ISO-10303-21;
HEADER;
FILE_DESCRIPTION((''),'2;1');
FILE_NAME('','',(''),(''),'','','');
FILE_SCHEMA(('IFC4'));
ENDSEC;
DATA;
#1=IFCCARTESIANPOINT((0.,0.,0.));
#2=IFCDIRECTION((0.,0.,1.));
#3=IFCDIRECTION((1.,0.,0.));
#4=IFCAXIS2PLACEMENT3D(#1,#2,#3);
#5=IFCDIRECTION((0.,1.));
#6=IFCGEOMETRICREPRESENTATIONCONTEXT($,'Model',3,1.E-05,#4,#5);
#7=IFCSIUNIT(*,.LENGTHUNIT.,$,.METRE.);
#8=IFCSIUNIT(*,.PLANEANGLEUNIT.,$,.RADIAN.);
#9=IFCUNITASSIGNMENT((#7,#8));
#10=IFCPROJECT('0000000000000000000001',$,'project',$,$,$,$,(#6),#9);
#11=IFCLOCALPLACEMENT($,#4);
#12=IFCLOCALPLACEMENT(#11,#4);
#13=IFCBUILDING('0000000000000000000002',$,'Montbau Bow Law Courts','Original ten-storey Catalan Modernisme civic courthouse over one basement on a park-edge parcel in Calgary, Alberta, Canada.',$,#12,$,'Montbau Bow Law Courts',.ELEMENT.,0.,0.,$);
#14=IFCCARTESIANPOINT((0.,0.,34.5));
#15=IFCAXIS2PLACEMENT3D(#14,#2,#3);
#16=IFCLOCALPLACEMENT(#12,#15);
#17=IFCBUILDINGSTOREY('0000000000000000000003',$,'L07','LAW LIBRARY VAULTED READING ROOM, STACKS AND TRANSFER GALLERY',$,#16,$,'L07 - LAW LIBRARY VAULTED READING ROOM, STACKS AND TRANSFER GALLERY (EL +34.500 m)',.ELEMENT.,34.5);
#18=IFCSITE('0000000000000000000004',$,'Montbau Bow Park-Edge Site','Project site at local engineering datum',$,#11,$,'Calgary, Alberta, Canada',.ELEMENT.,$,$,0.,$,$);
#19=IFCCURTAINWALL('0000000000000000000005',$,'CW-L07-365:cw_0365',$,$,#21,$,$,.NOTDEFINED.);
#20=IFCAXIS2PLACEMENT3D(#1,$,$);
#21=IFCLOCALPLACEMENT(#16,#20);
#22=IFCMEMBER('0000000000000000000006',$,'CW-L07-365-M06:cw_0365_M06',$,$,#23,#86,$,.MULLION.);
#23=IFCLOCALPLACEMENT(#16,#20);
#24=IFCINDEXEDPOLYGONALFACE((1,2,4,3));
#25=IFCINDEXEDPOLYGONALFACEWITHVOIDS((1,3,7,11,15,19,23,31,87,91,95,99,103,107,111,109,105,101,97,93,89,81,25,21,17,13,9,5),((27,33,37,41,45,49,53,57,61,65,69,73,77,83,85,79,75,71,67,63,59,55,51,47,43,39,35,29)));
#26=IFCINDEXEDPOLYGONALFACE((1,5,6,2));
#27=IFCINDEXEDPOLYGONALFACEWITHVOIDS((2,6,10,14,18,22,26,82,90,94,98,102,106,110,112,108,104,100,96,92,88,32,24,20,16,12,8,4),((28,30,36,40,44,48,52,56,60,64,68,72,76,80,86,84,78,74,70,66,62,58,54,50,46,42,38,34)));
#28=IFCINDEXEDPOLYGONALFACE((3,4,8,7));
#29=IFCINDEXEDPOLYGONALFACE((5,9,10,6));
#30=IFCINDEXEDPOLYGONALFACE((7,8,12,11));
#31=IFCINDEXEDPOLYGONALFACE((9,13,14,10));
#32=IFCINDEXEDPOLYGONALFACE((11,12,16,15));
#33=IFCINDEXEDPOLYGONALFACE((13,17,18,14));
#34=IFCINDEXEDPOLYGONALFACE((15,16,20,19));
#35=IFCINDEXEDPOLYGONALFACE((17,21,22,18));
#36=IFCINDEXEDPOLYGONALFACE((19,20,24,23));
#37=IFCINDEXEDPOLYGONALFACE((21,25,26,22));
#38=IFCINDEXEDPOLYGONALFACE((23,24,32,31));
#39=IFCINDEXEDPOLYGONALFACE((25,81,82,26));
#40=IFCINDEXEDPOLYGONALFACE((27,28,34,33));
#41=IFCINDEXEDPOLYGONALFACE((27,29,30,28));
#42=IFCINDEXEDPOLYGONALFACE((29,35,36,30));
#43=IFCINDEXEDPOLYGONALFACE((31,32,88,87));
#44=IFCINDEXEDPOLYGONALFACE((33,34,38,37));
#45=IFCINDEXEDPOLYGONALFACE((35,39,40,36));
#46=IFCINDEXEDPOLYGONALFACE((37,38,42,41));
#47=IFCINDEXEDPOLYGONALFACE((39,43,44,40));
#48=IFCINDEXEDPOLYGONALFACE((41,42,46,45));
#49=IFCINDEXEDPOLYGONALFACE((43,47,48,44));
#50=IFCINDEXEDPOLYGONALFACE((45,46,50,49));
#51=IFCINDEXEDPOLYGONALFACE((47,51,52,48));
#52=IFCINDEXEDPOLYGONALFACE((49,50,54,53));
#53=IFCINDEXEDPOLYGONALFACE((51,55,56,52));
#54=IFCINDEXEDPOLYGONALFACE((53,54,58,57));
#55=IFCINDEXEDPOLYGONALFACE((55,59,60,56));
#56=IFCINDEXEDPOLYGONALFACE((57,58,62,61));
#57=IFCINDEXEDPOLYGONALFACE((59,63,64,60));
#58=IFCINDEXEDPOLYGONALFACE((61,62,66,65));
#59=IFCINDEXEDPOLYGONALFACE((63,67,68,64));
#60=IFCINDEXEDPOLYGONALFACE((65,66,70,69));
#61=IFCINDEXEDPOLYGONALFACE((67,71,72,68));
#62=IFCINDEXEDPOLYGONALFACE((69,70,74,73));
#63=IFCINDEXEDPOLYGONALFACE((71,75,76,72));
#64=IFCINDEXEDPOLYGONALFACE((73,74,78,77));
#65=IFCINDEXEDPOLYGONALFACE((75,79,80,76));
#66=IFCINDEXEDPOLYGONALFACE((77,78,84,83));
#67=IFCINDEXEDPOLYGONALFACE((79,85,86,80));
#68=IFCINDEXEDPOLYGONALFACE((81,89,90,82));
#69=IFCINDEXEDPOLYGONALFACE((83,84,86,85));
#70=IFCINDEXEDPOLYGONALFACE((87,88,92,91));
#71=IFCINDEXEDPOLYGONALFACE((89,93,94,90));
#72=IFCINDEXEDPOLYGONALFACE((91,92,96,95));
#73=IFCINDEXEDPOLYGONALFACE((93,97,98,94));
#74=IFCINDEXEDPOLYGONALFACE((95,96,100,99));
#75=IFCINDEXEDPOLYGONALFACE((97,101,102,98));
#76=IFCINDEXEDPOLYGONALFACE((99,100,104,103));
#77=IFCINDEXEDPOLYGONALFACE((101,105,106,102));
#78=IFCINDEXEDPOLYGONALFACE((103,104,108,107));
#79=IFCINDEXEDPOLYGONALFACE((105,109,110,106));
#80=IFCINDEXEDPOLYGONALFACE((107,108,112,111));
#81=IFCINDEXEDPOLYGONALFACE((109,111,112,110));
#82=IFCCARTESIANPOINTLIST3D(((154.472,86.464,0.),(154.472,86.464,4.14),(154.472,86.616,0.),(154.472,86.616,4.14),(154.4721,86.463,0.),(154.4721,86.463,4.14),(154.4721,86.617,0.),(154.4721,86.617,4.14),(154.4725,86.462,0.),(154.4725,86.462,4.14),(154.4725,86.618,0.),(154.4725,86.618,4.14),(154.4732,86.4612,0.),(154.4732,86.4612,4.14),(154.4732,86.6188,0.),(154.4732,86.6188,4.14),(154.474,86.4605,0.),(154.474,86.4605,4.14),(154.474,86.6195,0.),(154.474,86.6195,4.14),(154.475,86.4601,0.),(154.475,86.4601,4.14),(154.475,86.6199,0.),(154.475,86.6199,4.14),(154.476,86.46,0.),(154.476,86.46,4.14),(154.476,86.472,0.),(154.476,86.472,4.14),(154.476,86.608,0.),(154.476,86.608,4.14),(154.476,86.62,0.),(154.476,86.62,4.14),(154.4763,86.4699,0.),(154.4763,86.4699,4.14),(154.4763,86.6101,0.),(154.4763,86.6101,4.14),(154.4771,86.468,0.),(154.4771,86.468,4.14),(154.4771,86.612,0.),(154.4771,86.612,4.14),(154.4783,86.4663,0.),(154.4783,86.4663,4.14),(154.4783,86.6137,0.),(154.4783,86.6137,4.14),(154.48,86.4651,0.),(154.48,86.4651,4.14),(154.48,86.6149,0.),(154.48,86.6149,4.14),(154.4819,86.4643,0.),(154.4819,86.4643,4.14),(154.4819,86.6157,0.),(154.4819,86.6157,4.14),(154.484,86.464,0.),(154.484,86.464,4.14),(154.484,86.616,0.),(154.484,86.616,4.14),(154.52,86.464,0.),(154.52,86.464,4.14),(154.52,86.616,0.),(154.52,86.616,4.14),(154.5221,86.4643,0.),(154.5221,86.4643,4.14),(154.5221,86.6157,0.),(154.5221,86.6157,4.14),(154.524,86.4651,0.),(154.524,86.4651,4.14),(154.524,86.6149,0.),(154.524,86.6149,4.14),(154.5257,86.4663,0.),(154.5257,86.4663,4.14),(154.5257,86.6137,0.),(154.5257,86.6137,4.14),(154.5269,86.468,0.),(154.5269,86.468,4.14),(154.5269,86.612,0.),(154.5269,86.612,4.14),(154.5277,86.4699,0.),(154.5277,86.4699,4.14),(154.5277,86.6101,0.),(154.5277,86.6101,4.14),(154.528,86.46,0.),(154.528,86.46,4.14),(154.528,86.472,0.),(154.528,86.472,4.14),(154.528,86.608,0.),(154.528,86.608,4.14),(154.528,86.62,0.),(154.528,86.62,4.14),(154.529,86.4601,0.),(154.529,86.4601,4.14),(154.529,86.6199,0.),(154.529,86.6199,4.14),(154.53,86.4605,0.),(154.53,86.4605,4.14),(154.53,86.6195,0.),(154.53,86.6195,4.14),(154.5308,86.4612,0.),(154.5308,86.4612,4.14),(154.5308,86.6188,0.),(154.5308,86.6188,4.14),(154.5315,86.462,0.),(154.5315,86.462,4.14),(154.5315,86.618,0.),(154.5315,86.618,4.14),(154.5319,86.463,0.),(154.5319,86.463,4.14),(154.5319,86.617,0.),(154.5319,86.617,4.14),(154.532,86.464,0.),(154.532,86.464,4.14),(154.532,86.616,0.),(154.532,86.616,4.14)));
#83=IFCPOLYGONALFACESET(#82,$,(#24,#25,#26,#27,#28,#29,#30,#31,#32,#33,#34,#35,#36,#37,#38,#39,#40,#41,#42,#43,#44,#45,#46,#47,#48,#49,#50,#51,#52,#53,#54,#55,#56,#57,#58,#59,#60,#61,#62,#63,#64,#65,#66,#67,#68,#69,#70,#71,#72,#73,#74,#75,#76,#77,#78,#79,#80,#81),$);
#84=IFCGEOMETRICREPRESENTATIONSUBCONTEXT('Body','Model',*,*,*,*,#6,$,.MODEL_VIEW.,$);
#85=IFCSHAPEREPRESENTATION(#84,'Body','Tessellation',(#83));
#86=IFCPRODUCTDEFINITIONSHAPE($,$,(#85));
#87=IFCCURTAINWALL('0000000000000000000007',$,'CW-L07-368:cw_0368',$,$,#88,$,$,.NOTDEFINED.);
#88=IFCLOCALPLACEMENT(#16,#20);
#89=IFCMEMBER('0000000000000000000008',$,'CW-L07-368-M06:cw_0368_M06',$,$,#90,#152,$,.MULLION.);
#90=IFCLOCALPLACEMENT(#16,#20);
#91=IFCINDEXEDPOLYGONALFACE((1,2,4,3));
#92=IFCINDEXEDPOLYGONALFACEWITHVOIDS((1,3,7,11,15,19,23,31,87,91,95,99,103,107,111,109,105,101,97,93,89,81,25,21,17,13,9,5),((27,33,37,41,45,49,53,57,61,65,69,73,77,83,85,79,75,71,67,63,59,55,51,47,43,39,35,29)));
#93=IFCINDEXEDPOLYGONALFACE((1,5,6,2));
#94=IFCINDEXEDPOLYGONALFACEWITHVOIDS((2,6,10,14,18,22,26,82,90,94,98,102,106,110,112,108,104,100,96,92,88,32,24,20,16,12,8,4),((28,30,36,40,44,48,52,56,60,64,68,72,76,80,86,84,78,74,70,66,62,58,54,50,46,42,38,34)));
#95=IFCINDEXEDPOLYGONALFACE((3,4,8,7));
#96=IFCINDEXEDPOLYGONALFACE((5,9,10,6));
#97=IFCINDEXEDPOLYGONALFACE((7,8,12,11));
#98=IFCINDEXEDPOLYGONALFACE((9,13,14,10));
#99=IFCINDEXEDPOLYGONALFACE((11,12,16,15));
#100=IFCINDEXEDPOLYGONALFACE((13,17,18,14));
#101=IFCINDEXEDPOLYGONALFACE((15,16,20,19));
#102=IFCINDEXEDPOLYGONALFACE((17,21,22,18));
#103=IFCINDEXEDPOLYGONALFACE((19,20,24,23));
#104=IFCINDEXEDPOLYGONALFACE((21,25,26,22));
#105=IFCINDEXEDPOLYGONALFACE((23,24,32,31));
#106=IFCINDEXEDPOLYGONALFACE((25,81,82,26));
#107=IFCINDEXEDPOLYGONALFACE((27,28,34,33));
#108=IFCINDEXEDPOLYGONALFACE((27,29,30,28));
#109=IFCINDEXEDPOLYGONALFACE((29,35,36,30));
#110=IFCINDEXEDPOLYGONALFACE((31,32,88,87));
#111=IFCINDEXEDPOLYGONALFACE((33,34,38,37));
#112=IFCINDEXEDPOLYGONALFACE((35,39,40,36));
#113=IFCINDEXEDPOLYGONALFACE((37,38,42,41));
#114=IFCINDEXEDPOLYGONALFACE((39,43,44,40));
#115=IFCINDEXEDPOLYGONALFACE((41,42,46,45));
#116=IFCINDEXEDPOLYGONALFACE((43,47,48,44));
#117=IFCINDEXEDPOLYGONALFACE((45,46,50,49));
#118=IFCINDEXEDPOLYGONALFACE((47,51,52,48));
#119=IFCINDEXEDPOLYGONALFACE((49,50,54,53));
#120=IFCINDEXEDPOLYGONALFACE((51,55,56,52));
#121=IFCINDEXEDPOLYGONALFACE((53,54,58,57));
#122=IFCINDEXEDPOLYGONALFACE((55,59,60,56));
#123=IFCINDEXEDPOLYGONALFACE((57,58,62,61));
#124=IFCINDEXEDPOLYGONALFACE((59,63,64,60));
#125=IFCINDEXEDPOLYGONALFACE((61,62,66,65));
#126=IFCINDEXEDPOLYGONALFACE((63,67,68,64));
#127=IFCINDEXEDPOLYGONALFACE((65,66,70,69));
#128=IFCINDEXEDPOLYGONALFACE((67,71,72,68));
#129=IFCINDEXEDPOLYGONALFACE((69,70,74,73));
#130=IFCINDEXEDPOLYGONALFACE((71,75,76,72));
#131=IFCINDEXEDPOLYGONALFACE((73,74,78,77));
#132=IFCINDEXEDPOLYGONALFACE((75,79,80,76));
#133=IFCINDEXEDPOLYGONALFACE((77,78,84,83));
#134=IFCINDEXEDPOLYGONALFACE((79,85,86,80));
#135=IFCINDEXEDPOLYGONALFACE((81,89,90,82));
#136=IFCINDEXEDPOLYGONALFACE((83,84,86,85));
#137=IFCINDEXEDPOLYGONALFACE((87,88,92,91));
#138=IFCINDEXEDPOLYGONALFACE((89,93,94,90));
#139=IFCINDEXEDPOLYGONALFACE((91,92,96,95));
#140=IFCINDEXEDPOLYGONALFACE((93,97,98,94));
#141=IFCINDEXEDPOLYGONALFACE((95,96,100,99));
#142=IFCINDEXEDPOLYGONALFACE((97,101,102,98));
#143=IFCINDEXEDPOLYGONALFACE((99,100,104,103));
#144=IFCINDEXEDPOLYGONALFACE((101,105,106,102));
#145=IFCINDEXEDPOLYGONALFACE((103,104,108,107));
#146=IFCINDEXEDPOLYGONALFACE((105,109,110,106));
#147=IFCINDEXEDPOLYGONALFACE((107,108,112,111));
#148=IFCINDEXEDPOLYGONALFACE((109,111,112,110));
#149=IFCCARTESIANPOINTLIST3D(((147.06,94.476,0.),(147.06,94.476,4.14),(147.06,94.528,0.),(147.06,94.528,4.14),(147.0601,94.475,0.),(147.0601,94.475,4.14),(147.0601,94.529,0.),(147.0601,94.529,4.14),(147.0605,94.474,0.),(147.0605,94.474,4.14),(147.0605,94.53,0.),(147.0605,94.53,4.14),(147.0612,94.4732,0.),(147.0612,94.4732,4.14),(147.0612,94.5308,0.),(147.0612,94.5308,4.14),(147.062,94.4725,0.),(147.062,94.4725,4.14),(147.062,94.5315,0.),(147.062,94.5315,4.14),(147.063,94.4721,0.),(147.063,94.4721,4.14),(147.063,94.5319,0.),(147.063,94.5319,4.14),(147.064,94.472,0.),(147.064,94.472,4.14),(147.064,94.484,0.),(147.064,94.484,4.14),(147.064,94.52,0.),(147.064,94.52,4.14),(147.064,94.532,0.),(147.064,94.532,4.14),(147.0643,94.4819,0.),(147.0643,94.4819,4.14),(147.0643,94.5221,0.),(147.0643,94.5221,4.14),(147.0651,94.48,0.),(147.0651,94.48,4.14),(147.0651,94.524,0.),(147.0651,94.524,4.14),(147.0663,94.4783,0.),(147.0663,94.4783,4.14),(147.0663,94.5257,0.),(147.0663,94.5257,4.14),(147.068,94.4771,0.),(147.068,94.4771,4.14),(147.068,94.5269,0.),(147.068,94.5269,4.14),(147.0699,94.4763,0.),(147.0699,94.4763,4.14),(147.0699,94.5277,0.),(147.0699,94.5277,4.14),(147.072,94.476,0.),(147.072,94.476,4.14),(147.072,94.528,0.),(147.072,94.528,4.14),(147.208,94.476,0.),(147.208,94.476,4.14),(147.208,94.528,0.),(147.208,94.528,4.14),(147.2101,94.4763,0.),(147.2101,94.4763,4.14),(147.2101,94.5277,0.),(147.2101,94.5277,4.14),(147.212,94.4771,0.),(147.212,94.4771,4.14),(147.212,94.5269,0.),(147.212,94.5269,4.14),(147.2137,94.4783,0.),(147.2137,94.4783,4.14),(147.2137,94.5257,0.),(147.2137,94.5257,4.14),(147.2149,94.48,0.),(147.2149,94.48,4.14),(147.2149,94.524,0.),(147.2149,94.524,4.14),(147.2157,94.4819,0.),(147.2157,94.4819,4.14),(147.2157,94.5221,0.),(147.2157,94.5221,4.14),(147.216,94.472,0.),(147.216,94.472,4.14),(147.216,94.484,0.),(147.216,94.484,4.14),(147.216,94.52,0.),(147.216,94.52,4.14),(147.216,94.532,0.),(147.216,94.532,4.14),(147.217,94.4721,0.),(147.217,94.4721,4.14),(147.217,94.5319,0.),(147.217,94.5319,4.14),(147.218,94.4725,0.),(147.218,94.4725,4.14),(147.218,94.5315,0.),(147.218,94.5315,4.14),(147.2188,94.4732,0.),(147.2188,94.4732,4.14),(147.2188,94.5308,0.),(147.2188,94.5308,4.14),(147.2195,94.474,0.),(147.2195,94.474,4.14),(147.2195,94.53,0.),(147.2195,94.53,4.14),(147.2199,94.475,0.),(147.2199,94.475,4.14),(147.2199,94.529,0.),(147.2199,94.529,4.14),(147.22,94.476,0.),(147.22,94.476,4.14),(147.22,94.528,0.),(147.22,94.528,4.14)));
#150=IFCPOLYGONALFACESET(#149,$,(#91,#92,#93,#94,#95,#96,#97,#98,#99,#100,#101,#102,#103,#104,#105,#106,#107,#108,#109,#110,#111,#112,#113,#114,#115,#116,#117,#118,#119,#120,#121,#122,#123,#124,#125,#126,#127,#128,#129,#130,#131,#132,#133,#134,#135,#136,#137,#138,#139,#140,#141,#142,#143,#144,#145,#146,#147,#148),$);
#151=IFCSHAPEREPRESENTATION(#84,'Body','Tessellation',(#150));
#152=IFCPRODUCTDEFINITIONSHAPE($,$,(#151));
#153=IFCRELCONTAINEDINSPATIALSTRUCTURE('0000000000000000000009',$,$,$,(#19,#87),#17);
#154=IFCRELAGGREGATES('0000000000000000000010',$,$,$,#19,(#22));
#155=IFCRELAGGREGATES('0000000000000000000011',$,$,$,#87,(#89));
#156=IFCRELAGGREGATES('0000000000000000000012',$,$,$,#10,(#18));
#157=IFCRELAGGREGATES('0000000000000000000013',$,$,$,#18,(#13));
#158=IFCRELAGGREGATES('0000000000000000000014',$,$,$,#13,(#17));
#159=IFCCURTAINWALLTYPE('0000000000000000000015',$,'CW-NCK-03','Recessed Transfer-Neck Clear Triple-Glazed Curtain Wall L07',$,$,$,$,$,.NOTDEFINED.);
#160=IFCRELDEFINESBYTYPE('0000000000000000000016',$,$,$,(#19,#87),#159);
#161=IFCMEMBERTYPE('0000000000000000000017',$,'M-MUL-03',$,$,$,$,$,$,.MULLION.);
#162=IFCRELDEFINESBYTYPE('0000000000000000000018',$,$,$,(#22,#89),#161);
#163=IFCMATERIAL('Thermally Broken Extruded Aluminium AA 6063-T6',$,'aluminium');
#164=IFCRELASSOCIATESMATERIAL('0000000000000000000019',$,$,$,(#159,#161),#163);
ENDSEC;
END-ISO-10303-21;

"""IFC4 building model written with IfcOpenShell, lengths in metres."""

from ifc_helpers import new_model, si_unit, direction, frame, origin_with_axes, origin_2d_with_axis, place, context, subcontext, project, spatial, hollow_rectangle, extrude, material, material_profile, profile_set, type_object, element, aggregate, save


model = new_model("IFC4")

# Units and contexts
model_context = context("Model", 3, precision=1e-05, world=origin_with_axes(), true_north=direction((0.0, 1.0)))
body_context = subcontext(model_context, "Body", "Model", "MODEL_VIEW")
ifc_project = project(units=[si_unit("LENGTHUNIT", "METRE"), si_unit("PLANEANGLEUNIT", "RADIAN")], contexts=[model_context])

# Site, building, storey
site_placement = place(None, origin_with_axes())
site = spatial("IfcSite", under=ifc_project, at=site_placement, Name="Montbau Bow Park-Edge Site", Description="Project site at local engineering datum", LongName="Calgary, Alberta, Canada", CompositionType="ELEMENT", RefElevation=0.0)
building_placement = place(site_placement, origin_with_axes())
building = spatial("IfcBuilding", under=site, at=building_placement, Name="Montbau Bow Law Courts", Description="Original ten-storey Catalan Modernisme civic courthouse over one basement on a park-edge parcel in Calgary, Alberta, Canada.", LongName="Montbau Bow Law Courts", CompositionType="ELEMENT", ElevationOfRefHeight=0.0, ElevationOfTerrain=0.0)
storey_placement = place(building_placement, frame((0.0, 0.0, 34.5), z_axis=(0.0, 0.0, 1.0), x_axis=(1.0, 0.0, 0.0)))
storey = spatial("IfcBuildingStorey", under=building, at=storey_placement, Name="L07", Description="LAW LIBRARY VAULTED READING ROOM, STACKS AND TRANSFER GALLERY", LongName="L07 - LAW LIBRARY VAULTED READING ROOM, STACKS AND TRANSFER GALLERY (EL +34.500 m)", CompositionType="ELEMENT", Elevation=34.5)

# Shared definitions
ifc_material_1 = material(Name="Thermally Broken Extruded Aluminium AA 6063-T6", Category="aluminium")
curtain_wall_type = type_object("IfcCurtainWallType", Name="CW-NCK-03", Description="Recessed Transfer-Neck Clear Triple-Glazed Curtain Wall L07", PredefinedType="NOTDEFINED", material=ifc_material_1)

# Curtain walls, members
curtain_wall_1_placement = place(None, frame((147.268, 86.54, 34.5), z_axis=(0.0, 0.0, 1.0), x_axis=(1.0, 0.0, 0.0)))
curtain_wall_1 = element("IfcCurtainWall", 1, at=curtain_wall_1_placement, inside=storey, type_object=curtain_wall_type, Name="CW-L07-365:cw_0365", PredefinedType="NOTDEFINED")
ifc_material_profile_1 = material_profile(ifc_material_1, hollow_rectangle(XDim=0.06, YDim=0.16, WallThickness=0.004, InnerFilletRadius=0.008, OuterFilletRadius=0.004, at=origin_2d_with_axis()), Name="CWM-160X60", Category="Main", Priority=0)
ifc_profile_set_1 = profile_set([ifc_material_profile_1], Name="Thermally Broken Extruded Aluminium AA 6063-T6")
member_type_1 = type_object("IfcMemberType", Name="M-MUL-03", PredefinedType="MULLION", material=ifc_profile_set_1)
member_1_placement = place(None, frame((154.502, 86.54, 34.5), z_axis=(0.0, 0.0, 1.0), x_axis=(1.0, 0.0, 0.0)))
member_1 = element("IfcMember", 2, at=member_1_placement, type_object=member_type_1, Name="CW-L07-365-M06:cw_0365_M06", PredefinedType="MULLION", context=body_context, shape_type="SweptSolid", body=[
    extrude(hollow_rectangle(XDim=0.06, YDim=0.16, WallThickness=0.004, InnerFilletRadius=0.008, OuterFilletRadius=0.004, at=origin_2d_with_axis()), origin_with_axes(), (0.0, 0.0, 1.0), 4.14),
])
curtain_wall_2_placement = place(None, frame((147.14, 86.668, 34.5), z_axis=(0.0, 0.0, 1.0), x_axis=(1.0, 0.0, 0.0)))
curtain_wall_2 = element("IfcCurtainWall", 3, at=curtain_wall_2_placement, inside=storey, type_object=curtain_wall_type, Name="CW-L07-368:cw_0368", PredefinedType="NOTDEFINED")
member_2_placement = place(None, frame((147.14, 94.502, 34.5), z_axis=(0.0, 0.0, 1.0), x_axis=(0.0, 1.0, 0.0)))
member_2 = element("IfcMember", 4, at=member_2_placement, type_object=member_type_1, Name="CW-L07-368-M06:cw_0368_M06", PredefinedType="MULLION", context=body_context, shape_type="SweptSolid", body=[
    extrude(hollow_rectangle(XDim=0.06, YDim=0.16, WallThickness=0.004, InnerFilletRadius=0.008, OuterFilletRadius=0.004, at=origin_2d_with_axis()), origin_with_axes(), (0.0, 0.0, 1.0), 4.14),
])

aggregate(curtain_wall_1, [member_1])
aggregate(curtain_wall_2, [member_2])

save(model, "model.ifc")
